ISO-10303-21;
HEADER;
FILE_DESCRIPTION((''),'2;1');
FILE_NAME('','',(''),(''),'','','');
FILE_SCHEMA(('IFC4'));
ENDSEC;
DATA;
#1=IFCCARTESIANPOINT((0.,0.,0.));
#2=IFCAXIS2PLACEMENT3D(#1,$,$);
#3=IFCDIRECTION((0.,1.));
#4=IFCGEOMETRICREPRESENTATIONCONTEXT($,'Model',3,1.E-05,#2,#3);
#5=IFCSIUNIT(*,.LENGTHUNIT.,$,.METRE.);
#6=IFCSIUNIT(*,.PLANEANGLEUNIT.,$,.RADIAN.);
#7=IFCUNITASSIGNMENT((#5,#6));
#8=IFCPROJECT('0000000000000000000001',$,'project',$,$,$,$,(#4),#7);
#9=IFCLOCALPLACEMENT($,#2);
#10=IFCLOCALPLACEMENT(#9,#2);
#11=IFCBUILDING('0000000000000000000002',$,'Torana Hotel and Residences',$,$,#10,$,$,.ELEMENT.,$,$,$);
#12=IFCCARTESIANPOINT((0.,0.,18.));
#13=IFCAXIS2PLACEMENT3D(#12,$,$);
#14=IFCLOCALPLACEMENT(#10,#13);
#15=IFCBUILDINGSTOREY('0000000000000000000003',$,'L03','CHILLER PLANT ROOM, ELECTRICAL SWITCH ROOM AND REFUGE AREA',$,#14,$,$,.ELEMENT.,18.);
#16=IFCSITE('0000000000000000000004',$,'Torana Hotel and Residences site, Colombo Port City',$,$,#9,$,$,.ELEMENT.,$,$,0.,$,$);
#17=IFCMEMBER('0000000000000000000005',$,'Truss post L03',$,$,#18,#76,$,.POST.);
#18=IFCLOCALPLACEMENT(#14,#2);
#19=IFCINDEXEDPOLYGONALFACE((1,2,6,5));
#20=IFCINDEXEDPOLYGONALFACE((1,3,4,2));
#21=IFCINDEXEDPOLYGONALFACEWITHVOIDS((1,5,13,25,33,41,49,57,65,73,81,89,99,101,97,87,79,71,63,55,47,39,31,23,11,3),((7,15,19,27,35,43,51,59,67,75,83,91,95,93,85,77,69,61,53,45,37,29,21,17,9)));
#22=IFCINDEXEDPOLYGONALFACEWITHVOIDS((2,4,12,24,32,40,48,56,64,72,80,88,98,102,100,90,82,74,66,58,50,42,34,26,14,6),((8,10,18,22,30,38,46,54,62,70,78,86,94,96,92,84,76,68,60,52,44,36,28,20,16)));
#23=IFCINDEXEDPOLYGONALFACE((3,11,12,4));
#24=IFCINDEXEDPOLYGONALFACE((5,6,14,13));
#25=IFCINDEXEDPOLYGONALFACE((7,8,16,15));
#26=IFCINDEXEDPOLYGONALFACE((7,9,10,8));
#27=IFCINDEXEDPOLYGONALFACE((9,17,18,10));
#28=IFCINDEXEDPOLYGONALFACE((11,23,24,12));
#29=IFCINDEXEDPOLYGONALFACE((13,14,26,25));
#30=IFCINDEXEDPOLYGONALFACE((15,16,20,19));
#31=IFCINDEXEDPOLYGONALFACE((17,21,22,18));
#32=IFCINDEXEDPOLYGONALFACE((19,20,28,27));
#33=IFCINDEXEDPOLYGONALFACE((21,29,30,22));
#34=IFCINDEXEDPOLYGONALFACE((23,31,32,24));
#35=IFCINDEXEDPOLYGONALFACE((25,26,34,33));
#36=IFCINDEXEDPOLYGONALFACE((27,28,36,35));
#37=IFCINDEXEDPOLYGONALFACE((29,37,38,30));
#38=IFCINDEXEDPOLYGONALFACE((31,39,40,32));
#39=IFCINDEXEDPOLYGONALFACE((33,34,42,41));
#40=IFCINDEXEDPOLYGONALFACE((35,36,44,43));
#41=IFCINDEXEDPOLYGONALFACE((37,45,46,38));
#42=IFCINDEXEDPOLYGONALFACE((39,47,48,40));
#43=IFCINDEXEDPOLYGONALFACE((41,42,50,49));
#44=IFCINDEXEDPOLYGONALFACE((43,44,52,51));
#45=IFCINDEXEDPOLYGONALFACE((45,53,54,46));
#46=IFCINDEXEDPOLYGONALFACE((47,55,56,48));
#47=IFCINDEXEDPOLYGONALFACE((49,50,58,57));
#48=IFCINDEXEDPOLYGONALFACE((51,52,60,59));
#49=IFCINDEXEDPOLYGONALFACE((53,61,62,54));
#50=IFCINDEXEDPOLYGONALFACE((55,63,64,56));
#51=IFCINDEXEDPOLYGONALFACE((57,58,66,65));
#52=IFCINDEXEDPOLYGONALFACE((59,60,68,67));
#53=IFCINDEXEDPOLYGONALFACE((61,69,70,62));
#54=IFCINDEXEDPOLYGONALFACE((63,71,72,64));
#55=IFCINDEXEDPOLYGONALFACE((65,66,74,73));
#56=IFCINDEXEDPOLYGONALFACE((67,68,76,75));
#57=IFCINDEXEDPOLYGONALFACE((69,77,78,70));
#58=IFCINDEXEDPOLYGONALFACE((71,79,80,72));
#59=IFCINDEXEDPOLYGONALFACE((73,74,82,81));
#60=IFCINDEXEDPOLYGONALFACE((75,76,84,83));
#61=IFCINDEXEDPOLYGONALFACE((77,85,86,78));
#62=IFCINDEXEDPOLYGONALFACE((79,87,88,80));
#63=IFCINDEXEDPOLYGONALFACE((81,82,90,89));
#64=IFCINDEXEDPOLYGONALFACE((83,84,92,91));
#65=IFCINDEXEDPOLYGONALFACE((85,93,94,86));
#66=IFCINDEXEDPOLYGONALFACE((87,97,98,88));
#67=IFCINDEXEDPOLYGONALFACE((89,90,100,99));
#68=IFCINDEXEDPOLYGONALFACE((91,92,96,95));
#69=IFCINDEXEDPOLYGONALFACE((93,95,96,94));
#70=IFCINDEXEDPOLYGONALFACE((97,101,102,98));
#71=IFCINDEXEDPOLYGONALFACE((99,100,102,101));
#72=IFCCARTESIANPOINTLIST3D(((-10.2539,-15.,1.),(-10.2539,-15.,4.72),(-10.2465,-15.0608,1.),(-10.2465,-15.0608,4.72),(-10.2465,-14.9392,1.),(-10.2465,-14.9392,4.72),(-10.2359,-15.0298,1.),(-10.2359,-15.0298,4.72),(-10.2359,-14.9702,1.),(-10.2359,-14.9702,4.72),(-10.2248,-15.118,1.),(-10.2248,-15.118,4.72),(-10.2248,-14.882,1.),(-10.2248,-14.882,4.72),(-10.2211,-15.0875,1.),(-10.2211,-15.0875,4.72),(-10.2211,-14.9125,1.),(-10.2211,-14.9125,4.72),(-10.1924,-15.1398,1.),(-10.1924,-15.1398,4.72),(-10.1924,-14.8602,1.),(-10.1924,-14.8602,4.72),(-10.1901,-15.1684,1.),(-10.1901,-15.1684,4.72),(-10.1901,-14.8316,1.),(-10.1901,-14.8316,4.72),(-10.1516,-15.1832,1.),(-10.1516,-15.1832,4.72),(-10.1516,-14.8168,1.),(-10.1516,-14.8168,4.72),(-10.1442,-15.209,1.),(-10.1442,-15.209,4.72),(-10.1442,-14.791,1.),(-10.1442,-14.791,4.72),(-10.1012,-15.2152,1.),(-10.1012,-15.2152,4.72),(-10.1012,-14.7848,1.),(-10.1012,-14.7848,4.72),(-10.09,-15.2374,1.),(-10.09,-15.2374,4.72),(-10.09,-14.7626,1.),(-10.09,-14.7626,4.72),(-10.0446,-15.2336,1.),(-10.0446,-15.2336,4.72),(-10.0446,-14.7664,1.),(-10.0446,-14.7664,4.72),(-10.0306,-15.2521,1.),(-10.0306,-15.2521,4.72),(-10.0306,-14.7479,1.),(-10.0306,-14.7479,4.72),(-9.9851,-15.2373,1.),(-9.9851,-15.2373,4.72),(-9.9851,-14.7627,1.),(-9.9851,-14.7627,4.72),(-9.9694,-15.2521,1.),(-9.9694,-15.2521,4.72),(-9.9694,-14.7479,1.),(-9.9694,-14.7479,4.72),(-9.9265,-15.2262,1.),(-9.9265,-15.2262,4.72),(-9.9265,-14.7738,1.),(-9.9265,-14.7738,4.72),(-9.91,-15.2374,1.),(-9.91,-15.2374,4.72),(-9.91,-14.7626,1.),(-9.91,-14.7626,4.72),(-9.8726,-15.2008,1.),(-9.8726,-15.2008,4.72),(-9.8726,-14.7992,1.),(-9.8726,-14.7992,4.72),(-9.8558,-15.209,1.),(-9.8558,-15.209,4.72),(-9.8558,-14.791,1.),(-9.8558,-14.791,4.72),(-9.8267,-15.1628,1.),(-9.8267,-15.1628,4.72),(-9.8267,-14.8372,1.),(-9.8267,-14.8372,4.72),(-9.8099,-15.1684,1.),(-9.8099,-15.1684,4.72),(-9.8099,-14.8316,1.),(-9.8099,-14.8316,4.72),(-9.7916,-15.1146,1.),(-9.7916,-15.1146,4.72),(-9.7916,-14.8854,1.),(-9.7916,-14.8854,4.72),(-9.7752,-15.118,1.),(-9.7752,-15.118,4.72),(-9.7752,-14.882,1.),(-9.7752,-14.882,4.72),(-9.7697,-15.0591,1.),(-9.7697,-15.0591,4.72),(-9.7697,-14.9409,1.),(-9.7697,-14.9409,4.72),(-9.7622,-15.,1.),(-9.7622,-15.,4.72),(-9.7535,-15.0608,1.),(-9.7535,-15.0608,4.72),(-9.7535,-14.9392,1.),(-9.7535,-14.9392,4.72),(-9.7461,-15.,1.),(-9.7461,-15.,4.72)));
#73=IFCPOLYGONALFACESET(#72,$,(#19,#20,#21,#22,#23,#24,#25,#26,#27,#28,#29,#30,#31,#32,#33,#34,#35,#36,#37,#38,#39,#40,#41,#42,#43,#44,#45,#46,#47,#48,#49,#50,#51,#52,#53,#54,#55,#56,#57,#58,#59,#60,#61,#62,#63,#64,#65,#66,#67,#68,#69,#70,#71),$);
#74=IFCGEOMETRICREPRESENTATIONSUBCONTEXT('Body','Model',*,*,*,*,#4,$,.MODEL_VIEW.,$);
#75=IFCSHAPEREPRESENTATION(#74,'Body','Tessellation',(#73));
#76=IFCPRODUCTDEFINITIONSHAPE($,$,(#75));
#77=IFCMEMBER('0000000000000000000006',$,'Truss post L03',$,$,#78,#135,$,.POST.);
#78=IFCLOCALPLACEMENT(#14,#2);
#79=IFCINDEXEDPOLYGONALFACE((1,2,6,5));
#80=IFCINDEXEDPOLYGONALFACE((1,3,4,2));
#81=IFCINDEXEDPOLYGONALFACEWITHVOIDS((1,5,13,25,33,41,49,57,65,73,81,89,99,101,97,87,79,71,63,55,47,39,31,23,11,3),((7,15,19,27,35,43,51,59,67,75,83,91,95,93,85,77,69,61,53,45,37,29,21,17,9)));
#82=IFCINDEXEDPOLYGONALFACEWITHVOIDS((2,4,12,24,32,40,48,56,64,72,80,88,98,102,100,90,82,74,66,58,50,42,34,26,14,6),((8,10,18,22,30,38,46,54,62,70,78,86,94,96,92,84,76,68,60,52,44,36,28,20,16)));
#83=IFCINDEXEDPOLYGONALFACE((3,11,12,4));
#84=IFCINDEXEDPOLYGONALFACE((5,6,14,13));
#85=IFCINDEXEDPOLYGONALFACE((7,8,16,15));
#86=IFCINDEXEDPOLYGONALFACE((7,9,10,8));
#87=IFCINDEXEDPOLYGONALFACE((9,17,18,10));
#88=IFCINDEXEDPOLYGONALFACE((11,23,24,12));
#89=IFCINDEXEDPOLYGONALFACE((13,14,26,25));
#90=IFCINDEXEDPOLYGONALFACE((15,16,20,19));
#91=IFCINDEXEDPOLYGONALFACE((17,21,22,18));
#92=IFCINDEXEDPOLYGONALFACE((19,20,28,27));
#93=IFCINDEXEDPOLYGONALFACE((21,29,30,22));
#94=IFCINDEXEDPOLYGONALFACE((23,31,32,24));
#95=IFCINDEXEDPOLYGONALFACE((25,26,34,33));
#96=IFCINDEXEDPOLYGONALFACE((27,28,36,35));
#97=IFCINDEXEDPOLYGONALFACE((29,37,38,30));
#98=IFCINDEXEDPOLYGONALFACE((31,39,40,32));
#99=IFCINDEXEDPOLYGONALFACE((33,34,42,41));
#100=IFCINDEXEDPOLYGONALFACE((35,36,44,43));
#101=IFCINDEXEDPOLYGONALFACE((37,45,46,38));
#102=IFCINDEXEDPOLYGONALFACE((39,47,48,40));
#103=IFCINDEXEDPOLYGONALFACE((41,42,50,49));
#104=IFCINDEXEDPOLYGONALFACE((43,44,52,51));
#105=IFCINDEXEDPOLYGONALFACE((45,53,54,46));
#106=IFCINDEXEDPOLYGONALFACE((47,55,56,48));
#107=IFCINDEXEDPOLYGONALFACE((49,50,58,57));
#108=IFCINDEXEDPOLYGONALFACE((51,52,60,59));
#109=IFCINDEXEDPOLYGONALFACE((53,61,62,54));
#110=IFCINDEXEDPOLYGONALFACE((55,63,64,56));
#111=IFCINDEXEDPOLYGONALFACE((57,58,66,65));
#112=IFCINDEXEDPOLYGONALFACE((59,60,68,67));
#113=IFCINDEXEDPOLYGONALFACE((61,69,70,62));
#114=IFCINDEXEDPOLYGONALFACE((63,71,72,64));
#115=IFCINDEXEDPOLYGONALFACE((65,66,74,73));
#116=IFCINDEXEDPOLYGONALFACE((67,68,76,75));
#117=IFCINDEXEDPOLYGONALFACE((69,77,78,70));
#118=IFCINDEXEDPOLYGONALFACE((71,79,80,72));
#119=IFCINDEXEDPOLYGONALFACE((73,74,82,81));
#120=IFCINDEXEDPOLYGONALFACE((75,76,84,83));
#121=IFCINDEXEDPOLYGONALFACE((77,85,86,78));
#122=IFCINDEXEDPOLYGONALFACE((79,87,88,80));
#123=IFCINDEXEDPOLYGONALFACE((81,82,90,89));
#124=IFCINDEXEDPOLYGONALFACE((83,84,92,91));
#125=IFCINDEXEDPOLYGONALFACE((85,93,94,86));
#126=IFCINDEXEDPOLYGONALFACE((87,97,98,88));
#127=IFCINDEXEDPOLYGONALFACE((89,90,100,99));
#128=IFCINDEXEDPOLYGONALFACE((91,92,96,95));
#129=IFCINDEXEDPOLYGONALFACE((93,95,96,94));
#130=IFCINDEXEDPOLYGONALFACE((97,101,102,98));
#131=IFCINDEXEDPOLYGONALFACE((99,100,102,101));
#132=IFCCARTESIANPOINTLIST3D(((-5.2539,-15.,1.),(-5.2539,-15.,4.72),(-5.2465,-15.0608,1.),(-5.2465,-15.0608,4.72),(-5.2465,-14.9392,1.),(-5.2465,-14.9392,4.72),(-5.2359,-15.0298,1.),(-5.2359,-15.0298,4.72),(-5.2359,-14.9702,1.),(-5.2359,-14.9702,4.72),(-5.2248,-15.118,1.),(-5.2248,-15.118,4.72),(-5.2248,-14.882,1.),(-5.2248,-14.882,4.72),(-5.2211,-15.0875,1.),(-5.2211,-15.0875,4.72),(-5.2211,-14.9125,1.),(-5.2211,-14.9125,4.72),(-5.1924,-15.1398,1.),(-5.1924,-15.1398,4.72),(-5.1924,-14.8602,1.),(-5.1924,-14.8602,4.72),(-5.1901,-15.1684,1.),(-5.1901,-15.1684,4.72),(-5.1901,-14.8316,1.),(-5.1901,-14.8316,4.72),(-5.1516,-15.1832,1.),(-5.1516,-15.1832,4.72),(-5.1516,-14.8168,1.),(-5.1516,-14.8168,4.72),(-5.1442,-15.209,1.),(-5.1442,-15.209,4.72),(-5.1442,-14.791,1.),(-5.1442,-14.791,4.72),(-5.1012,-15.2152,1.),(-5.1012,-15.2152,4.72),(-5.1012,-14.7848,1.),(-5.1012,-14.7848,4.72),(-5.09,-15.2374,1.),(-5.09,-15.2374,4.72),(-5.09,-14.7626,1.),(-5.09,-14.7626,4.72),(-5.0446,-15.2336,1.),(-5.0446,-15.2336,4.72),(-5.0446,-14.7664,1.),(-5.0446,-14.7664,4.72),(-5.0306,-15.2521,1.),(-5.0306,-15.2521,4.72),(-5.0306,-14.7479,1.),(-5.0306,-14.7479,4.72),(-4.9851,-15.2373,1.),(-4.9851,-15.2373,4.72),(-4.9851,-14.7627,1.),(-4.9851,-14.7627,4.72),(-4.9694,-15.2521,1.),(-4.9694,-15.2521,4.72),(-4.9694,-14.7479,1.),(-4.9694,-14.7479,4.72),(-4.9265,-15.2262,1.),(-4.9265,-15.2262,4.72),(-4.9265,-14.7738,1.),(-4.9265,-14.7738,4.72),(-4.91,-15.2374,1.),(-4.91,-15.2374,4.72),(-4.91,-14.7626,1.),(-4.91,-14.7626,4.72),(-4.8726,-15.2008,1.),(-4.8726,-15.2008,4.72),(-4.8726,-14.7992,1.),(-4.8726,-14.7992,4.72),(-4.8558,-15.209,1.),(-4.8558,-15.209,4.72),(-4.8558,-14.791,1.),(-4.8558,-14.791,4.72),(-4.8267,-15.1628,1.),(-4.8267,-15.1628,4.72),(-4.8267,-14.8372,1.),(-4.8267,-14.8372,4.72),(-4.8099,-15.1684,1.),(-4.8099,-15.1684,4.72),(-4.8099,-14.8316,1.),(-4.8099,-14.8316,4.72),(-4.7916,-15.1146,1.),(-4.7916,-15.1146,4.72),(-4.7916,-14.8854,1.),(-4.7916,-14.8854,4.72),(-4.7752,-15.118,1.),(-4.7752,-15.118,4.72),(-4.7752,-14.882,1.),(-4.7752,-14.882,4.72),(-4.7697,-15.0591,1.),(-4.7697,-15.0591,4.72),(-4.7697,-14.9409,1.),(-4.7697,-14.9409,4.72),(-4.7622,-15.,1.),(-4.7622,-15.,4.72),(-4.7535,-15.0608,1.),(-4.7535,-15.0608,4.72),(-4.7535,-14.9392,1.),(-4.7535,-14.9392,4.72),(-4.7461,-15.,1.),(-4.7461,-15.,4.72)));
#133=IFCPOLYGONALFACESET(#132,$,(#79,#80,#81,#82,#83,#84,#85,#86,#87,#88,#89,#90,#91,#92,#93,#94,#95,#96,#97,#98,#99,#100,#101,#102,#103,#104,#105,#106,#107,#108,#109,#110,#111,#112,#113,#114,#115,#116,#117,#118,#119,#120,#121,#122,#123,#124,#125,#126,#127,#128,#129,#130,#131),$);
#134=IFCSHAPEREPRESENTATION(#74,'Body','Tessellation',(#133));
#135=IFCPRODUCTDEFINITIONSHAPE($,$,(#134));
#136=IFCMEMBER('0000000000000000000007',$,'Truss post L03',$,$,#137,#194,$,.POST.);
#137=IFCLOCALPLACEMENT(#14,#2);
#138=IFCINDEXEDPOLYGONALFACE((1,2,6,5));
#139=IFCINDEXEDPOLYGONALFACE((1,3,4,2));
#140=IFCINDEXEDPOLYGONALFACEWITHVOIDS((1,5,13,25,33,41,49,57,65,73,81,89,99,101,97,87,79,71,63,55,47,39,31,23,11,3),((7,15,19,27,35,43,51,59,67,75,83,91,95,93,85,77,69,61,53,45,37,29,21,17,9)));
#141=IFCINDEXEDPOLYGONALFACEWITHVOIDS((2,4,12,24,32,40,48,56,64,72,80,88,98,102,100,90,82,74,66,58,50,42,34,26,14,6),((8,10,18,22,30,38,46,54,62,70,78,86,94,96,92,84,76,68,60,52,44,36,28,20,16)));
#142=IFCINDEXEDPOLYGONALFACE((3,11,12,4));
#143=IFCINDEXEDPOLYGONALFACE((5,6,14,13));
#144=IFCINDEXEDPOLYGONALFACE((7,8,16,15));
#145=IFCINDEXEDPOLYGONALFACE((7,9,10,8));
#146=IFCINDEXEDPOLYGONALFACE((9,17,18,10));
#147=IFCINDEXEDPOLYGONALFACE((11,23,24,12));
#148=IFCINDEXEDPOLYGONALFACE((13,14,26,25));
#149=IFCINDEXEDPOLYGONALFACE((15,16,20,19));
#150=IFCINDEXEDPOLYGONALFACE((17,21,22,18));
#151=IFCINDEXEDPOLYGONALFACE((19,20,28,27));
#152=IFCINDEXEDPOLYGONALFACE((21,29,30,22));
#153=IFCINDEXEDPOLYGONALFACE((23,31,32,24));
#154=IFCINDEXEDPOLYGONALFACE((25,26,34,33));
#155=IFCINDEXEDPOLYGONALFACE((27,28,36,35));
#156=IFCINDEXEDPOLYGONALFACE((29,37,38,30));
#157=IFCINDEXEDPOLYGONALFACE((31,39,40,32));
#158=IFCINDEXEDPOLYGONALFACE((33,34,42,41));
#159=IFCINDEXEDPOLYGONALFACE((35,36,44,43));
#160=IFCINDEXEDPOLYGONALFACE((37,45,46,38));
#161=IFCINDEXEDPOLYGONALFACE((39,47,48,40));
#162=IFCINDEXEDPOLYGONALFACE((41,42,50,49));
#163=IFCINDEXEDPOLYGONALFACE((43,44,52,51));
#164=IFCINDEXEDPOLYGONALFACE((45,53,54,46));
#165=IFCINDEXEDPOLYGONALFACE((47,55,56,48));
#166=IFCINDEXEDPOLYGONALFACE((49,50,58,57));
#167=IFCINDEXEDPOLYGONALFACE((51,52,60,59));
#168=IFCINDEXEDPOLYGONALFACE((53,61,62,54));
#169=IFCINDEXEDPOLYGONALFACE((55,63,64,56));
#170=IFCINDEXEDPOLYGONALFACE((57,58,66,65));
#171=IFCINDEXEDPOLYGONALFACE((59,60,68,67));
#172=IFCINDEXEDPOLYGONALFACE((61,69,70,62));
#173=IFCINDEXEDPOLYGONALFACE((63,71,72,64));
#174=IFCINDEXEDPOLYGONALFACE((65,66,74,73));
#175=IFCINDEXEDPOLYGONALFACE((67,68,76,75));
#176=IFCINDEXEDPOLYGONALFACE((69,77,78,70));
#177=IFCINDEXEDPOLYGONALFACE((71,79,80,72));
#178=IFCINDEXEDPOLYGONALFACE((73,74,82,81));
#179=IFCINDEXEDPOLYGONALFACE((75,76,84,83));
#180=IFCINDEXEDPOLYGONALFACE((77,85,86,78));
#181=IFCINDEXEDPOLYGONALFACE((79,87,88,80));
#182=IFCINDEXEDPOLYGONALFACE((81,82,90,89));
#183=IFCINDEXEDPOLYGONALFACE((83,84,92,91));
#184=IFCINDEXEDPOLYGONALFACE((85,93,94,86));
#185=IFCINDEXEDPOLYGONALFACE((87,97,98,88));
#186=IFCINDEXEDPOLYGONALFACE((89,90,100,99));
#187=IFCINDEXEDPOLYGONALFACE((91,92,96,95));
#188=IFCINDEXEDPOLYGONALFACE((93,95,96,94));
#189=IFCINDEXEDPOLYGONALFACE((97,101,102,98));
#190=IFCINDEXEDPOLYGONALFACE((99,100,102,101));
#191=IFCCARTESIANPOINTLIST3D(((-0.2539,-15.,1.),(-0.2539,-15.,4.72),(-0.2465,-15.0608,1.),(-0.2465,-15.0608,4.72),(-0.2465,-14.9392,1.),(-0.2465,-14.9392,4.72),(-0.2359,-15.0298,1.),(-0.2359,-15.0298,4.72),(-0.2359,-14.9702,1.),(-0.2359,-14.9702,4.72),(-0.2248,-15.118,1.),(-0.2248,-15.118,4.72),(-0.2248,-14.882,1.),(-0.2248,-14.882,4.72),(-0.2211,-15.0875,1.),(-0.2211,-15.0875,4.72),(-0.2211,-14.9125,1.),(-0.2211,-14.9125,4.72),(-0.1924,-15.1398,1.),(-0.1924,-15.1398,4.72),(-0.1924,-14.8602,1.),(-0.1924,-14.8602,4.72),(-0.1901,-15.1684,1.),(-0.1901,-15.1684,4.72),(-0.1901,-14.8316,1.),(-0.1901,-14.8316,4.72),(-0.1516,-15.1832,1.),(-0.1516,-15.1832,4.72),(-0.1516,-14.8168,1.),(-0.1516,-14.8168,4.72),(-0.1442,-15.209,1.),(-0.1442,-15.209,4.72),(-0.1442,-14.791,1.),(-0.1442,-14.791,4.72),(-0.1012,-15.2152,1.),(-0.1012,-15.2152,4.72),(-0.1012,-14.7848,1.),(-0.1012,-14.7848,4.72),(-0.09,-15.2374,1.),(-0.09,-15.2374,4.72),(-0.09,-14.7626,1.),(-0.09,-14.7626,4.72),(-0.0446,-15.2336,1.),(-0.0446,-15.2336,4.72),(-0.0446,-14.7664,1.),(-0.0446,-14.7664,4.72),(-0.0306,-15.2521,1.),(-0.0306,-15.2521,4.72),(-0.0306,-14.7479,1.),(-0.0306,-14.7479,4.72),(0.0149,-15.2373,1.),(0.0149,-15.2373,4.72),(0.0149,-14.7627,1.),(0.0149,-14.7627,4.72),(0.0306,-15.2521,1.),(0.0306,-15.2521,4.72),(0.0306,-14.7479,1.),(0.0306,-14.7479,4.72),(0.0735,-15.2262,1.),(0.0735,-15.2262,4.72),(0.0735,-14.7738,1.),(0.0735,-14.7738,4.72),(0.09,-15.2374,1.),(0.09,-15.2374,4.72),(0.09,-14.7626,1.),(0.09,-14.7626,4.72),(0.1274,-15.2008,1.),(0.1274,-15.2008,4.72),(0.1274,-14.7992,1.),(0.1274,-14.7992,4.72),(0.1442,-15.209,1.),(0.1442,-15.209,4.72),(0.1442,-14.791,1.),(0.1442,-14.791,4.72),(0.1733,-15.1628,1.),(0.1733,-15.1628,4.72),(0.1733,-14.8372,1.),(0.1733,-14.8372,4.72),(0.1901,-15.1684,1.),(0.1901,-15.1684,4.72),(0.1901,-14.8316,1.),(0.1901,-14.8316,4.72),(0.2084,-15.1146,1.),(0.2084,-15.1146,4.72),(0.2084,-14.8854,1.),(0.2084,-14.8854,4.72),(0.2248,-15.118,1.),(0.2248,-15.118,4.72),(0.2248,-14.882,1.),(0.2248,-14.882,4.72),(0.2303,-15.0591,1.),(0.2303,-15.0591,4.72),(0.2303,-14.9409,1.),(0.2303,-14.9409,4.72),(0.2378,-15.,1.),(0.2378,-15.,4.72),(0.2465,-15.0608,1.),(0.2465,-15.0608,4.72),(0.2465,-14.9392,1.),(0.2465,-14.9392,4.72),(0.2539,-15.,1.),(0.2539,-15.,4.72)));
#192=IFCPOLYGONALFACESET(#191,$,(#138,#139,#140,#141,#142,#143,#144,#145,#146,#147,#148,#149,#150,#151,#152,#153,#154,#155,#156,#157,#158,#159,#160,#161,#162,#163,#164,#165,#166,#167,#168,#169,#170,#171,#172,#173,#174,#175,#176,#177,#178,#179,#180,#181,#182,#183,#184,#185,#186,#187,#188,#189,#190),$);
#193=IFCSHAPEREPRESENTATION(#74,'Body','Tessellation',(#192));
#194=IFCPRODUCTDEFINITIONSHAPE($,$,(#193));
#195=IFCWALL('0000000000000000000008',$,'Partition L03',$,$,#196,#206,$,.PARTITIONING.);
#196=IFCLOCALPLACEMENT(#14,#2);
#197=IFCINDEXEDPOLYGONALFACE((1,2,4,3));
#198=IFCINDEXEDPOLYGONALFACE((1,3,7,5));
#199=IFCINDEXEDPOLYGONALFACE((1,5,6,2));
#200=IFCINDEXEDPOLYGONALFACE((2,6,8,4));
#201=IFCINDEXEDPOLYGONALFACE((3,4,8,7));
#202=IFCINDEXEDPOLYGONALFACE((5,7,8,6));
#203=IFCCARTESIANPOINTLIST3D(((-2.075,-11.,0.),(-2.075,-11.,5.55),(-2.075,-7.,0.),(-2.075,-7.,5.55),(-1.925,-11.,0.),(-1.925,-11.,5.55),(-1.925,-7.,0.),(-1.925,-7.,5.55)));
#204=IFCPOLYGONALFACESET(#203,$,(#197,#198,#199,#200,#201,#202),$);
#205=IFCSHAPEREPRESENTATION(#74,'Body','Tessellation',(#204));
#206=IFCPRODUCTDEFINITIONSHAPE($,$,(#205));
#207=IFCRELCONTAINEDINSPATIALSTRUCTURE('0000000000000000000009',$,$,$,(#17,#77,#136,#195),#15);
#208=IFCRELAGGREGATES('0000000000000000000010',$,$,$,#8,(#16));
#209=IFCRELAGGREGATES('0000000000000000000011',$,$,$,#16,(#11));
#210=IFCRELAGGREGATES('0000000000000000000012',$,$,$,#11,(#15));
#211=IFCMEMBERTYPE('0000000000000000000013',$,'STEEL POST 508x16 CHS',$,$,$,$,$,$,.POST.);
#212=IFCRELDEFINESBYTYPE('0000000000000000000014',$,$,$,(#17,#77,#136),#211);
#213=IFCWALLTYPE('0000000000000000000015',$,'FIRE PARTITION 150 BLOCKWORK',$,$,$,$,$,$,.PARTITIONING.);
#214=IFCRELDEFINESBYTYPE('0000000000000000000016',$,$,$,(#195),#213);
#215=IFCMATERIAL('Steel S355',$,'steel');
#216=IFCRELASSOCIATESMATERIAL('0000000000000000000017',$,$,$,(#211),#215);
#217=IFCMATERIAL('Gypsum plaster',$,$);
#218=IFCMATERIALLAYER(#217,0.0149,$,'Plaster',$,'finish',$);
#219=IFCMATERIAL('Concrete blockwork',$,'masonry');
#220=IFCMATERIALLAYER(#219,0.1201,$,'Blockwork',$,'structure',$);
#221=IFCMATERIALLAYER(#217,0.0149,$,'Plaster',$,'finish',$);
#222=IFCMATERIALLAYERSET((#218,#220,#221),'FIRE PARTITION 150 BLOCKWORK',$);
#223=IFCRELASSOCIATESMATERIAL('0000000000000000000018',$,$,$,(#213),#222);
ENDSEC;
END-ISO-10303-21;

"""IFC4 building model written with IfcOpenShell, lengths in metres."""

from ifc_helpers import new_model, si_unit, direction, frame, frame_2d, origin, origin_2d, place, context, subcontext, project, spatial, rectangle, hollow_circle, extrude, material, layer, layer_set, material_profile, profile_set, type_object, element, save


model = new_model("IFC4")

# Units and contexts
model_context = context("Model", 3, precision=1e-05, world=origin(), true_north=direction((0.0, 1.0)))
body_context = subcontext(model_context, "Body", "Model", "MODEL_VIEW")
ifc_project = project(units=[si_unit("LENGTHUNIT", "METRE"), si_unit("PLANEANGLEUNIT", "RADIAN")], contexts=[model_context])

# Site, building, storey
site_placement = place(None, origin())
site = spatial("IfcSite", under=ifc_project, at=site_placement, Name="Torana Hotel and Residences site, Colombo Port City", CompositionType="ELEMENT", RefElevation=0.0)
building_placement = place(site_placement, origin())
building = spatial("IfcBuilding", under=site, at=building_placement, Name="Torana Hotel and Residences", CompositionType="ELEMENT")
storey_placement = place(building_placement, frame((0.0, 0.0, 18.0)))
storey = spatial("IfcBuildingStorey", under=building, at=storey_placement, Name="L03", Description="CHILLER PLANT ROOM, ELECTRICAL SWITCH ROOM AND REFUGE AREA", CompositionType="ELEMENT", Elevation=18.0)

# Members
ifc_material_1 = material(Name="Steel S355", Category="steel")
ifc_material_profile_1 = material_profile(ifc_material_1, hollow_circle(Radius=0.2539, WallThickness=0.0161, at=origin_2d()), Name="508x16 CHS")
ifc_profile_set_1 = profile_set([ifc_material_profile_1], Name="Steel S355")
member_type_1 = type_object("IfcMemberType", Name="STEEL POST 508x16 CHS", PredefinedType="POST", material=ifc_profile_set_1)
for number, where, z_axis, x_axis, name in (
    (1, (-10.0, -15.0, 1.0), (0.0, 0.0, 1.0), (1.0, 0.0, 0.0), "Truss post L03"),
    (2, (-5.0, -15.0, 1.0), (0.0, 0.0, 1.0), (1.0, 0.0, 0.0), "Truss post L03"),
    (3, (0.0, -15.0, 1.0), (0.0, 0.0, 1.0), (1.0, 0.0, 0.0), "Truss post L03"),
):
    element("IfcMember", number, at=place(storey_placement, frame(where, z_axis=z_axis, x_axis=x_axis)), inside=storey, type_object=member_type_1, Name=name, PredefinedType="POST", context=body_context, shape_type="SweptSolid", body=[
        extrude(hollow_circle(Radius=0.2539, WallThickness=0.0161, at=origin_2d()), origin(), (0.0, 0.0, 1.0), 3.72),
    ])

# Wall
ifc_material_2 = material(Name="Gypsum plaster")
ifc_layer_1 = layer(ifc_material_2, 0.0149, Name="Plaster", Category="finish")
ifc_material_3 = material(Name="Concrete blockwork", Category="masonry")
ifc_layer_2 = layer(ifc_material_3, 0.1201, Name="Blockwork", Category="structure")
ifc_layer_3 = layer(ifc_material_2, 0.0149, Name="Plaster", Category="finish")
ifc_layer_set_1 = layer_set([ifc_layer_1, ifc_layer_2, ifc_layer_3], Name="FIRE PARTITION 150 BLOCKWORK")
wall_type_1 = type_object("IfcWallType", Name="FIRE PARTITION 150 BLOCKWORK", PredefinedType="PARTITIONING", material=ifc_layer_set_1)
wall_1_placement = place(storey_placement, frame((-2.0, -11.0, 0.0), z_axis=(0.0, 0.0, 1.0), x_axis=(0.0, 1.0, 0.0)))
element("IfcWall", 4, at=wall_1_placement, inside=storey, type_object=wall_type_1, Name="Partition L03", PredefinedType="PARTITIONING", context=body_context, shape_type="SweptSolid", body=[
    extrude(rectangle(XDim=4.0, YDim=0.1499, at=frame_2d((2.0, 0.0))), origin(), (0.0, 0.0, 1.0), 5.55),
])

save(model, "model.ifc")
